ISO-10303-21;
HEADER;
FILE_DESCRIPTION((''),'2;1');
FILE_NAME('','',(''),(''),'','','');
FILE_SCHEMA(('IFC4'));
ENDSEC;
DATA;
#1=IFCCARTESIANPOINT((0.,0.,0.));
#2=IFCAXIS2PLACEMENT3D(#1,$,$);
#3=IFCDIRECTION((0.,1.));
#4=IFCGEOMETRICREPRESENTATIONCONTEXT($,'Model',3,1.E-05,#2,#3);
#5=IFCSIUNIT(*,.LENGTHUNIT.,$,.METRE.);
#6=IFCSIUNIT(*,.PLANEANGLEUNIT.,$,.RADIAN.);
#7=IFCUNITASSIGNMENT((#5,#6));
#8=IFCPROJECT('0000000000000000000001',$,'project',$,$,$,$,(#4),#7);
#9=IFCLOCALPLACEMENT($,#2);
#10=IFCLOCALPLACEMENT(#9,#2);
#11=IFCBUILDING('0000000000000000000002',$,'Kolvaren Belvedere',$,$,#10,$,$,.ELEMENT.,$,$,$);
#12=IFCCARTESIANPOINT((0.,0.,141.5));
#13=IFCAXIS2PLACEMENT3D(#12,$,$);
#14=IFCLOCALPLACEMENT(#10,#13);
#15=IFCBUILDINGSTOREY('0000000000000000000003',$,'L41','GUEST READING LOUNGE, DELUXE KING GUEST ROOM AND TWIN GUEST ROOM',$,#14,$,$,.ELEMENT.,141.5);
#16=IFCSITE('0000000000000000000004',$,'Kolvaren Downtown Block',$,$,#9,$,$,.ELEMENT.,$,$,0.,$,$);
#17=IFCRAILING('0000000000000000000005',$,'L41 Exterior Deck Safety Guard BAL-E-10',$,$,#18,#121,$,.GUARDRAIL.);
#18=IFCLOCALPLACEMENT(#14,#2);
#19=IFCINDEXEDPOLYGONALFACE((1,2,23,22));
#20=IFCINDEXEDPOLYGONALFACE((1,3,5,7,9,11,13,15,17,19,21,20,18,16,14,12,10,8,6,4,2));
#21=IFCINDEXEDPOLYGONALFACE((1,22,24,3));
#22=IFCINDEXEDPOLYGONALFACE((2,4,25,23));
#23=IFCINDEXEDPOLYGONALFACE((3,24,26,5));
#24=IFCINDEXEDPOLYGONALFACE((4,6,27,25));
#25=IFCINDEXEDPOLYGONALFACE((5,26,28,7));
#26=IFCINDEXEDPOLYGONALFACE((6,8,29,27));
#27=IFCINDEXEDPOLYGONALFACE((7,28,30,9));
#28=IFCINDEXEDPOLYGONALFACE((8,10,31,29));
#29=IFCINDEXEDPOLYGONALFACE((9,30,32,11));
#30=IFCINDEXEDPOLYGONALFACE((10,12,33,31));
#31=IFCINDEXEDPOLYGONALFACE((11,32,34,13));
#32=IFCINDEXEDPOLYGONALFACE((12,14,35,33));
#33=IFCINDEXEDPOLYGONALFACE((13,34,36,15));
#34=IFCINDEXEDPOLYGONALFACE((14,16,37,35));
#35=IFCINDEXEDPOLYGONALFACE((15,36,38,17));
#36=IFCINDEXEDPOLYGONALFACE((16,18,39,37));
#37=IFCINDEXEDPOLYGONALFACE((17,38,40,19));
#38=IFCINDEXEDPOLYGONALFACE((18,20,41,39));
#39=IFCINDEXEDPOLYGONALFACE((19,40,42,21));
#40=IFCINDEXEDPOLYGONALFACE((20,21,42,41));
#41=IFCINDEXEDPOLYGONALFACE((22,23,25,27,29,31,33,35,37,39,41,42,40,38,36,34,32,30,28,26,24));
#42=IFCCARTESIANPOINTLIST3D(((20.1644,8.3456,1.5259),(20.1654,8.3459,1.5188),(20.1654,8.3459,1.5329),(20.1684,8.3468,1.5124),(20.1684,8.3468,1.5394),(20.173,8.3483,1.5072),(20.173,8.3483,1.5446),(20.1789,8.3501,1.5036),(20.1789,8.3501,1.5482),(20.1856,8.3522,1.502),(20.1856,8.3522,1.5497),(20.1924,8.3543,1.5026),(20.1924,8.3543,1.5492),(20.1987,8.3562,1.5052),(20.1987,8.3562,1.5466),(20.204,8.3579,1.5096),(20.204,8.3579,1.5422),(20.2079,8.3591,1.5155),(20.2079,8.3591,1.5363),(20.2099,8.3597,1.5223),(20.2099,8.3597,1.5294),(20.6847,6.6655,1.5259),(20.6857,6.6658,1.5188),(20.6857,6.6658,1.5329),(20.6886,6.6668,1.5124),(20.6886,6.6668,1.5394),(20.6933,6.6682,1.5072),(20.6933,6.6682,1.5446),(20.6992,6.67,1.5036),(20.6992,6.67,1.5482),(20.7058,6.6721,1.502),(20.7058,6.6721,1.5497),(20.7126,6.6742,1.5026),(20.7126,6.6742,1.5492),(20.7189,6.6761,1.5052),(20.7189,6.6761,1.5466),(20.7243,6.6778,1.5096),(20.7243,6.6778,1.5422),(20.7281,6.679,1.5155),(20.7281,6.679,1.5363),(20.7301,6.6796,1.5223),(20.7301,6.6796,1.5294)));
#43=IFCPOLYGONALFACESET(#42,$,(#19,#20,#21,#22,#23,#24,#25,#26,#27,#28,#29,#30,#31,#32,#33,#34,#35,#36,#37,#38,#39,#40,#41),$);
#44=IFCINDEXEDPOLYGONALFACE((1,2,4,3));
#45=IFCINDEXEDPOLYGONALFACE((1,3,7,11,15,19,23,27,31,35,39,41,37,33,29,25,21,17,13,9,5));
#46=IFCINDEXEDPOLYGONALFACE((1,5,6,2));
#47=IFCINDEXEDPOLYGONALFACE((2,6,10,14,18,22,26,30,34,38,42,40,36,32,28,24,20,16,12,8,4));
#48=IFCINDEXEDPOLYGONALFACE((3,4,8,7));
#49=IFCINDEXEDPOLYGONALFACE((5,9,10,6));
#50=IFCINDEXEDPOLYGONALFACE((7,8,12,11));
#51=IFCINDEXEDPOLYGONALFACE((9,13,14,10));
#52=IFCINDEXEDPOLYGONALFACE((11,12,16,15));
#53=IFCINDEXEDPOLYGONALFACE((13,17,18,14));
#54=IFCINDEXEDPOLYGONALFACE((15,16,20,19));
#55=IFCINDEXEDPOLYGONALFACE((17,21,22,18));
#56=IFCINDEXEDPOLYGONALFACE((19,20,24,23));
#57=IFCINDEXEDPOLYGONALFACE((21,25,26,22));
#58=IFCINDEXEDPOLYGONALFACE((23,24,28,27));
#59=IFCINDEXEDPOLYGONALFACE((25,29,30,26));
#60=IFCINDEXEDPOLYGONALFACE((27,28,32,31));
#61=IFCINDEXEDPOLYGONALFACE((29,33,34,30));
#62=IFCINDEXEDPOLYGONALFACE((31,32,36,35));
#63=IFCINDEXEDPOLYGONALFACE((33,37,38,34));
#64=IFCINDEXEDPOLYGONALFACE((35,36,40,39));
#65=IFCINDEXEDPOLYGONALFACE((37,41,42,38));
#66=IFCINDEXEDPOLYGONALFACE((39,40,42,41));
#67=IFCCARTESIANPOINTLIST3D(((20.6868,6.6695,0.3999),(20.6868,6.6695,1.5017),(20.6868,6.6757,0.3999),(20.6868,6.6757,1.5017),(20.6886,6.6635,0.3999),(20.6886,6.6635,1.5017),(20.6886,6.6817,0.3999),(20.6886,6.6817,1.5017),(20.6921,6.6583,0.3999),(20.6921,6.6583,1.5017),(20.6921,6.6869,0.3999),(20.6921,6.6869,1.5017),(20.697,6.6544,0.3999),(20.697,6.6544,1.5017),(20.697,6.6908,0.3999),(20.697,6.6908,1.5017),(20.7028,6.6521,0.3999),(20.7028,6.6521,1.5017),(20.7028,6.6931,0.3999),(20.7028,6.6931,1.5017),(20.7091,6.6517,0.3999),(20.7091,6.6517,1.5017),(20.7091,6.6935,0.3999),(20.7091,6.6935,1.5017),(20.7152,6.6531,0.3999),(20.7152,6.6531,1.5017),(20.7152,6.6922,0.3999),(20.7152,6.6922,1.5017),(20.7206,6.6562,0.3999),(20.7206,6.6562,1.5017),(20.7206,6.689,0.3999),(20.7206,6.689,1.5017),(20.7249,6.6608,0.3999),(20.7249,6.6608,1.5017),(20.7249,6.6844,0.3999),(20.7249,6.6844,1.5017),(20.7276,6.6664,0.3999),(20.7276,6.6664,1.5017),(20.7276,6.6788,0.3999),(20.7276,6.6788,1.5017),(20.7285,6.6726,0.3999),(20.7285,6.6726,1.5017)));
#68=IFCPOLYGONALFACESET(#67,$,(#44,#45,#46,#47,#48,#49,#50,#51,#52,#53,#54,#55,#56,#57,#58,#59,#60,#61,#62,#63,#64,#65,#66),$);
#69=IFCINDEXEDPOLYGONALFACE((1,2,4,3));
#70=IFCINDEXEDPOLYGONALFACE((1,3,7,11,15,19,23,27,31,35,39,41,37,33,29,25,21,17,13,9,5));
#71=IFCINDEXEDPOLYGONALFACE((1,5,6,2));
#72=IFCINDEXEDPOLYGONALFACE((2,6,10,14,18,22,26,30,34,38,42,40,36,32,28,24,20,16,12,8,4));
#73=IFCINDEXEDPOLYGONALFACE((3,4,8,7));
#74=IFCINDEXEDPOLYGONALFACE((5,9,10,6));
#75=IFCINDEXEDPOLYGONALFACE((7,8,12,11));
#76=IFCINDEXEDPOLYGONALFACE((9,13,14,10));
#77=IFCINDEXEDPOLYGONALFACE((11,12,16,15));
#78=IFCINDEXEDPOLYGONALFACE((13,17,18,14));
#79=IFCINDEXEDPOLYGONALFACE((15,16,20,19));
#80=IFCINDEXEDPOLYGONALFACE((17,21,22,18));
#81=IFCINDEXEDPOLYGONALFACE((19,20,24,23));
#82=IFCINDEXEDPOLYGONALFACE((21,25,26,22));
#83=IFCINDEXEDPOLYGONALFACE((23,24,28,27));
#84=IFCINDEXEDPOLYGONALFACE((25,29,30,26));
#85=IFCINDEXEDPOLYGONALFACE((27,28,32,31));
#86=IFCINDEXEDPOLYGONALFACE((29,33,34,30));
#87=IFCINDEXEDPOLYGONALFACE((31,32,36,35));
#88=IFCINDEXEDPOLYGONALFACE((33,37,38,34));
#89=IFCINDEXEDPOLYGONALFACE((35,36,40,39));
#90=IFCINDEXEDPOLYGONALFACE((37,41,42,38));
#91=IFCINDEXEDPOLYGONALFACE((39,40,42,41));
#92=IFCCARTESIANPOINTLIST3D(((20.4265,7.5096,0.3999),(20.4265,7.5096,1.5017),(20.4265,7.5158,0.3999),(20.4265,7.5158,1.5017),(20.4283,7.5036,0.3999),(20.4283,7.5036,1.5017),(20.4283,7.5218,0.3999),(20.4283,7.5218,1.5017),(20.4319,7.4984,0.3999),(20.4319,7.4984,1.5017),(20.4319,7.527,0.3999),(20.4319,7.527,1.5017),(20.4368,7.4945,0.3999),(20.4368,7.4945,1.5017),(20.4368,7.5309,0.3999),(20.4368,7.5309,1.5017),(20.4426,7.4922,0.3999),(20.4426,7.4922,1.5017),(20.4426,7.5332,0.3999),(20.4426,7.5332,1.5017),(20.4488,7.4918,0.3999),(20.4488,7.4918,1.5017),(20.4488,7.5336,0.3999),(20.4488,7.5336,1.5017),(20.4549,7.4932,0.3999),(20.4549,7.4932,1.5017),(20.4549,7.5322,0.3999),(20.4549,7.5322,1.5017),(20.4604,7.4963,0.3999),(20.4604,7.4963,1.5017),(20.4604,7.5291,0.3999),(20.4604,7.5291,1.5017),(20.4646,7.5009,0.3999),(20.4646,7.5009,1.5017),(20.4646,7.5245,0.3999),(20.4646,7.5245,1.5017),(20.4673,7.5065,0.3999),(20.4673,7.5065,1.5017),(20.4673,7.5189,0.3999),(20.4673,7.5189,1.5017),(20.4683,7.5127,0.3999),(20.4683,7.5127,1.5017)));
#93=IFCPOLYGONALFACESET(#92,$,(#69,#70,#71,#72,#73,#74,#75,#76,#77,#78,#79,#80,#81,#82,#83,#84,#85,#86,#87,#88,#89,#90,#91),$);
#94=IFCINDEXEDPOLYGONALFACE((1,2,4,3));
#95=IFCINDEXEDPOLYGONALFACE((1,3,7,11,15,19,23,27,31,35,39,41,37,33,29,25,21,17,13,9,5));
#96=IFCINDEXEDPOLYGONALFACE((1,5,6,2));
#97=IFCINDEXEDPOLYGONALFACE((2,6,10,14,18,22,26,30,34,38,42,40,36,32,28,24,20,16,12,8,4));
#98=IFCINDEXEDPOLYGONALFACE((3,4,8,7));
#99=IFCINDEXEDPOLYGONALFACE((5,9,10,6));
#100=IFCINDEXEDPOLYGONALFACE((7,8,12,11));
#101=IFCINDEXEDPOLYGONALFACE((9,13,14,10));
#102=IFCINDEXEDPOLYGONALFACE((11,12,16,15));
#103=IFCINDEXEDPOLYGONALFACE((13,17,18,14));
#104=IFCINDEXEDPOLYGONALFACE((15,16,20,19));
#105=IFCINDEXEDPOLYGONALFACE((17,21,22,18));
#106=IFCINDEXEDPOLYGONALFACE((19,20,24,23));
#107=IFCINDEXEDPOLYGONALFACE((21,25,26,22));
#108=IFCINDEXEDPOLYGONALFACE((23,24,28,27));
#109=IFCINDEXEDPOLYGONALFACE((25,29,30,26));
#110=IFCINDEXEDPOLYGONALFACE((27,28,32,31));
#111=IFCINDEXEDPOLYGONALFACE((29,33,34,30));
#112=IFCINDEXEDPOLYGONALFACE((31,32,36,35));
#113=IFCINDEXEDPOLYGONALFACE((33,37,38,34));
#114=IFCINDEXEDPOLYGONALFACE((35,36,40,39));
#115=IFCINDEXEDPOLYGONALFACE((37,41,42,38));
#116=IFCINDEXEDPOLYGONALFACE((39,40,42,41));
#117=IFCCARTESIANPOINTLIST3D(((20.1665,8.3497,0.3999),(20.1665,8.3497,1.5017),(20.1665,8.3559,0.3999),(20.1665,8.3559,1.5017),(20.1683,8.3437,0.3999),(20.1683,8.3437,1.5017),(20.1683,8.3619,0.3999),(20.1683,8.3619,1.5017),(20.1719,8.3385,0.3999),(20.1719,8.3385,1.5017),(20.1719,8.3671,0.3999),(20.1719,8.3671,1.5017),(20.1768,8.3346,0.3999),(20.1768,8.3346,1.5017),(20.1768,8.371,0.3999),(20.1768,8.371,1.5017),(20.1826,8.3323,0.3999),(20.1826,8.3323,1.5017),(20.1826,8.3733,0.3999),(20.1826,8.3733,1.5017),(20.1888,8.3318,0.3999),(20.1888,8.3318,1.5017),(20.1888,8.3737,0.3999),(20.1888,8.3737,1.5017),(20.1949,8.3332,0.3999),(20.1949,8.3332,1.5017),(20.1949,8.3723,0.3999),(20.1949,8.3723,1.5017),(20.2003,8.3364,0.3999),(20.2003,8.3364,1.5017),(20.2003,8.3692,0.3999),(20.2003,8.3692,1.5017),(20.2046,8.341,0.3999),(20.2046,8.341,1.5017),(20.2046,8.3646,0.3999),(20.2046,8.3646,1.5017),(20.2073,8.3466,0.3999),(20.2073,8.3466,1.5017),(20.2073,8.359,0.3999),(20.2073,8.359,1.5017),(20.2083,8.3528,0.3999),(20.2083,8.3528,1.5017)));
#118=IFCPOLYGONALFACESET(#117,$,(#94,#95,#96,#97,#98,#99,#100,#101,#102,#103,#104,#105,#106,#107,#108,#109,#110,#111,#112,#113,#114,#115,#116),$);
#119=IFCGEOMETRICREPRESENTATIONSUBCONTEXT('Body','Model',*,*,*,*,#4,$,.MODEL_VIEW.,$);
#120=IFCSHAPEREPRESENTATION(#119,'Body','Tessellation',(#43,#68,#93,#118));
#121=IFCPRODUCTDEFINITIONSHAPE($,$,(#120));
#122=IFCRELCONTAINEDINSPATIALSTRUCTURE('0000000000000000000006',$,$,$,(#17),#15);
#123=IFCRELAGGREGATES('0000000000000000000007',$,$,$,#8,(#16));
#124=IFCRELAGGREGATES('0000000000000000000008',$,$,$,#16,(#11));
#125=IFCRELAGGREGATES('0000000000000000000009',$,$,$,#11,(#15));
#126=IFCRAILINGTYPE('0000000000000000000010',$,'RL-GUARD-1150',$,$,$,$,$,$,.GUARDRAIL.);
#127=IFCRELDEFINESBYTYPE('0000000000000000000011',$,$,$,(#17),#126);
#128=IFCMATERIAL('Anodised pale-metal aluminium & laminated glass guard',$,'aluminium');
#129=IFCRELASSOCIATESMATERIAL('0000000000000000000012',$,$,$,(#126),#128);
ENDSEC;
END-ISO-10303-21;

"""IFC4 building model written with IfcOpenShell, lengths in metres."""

from ifc_helpers import new_model, si_unit, direction, frame, origin, origin_2d, place, context, subcontext, project, spatial, circle, extrude, material, type_object, element, save


model = new_model("IFC4")

# Units and contexts
model_context = context("Model", 3, precision=1e-05, world=origin(), true_north=direction((0.0, 1.0)))
body_context = subcontext(model_context, "Body", "Model", "MODEL_VIEW")
ifc_project = project(units=[si_unit("LENGTHUNIT", "METRE"), si_unit("PLANEANGLEUNIT", "RADIAN")], contexts=[model_context])

# Site, building, storey
site_placement = place(None, origin())
site = spatial("IfcSite", under=ifc_project, at=site_placement, Name="Kolvaren Downtown Block", CompositionType="ELEMENT", RefElevation=0.0)
building_placement = place(site_placement, origin())
building = spatial("IfcBuilding", under=site, at=building_placement, Name="Kolvaren Belvedere", CompositionType="ELEMENT")
storey_placement = place(building_placement, frame((0.0, 0.0, 141.5)))
storey = spatial("IfcBuildingStorey", under=building, at=storey_placement, Name="L41", Description="GUEST READING LOUNGE, DELUXE KING GUEST ROOM AND TWIN GUEST ROOM", CompositionType="ELEMENT", Elevation=141.5)

# Railing
ifc_material_1 = material(Name="Anodised pale-metal aluminium & laminated glass guard", Category="aluminium")
railing_type = type_object("IfcRailingType", Name="RL-GUARD-1150", PredefinedType="GUARDRAIL", material=ifc_material_1)
railing_1_placement = place(storey_placement, frame((20.7075, 6.6726, 0.3999)))
element("IfcRailing", 1, at=railing_1_placement, inside=storey, type_object=railing_type, Name="L41 Exterior Deck Safety Guard BAL-E-10", PredefinedType="GUARDRAIL", context=body_context, shape_type="SweptSolid", body=[
    extrude(circle(Radius=0.0239, at=origin_2d()), frame((0.0, 0.0, 1.126), z_axis=(-0.295792, 0.955252, 0.0), x_axis=(-0.955252, -0.295792, 0.0)), (0.0, 0.0, 1.0), 1.7588),
    extrude(circle(Radius=0.021, at=origin_2d()), origin(), (0.0, 0.0, 1.0), 1.1018),
    extrude(circle(Radius=0.021, at=origin_2d()), frame((-0.2603, 0.8401, 0.0)), (0.0, 0.0, 1.0), 1.1018),
    extrude(circle(Radius=0.021, at=origin_2d()), frame((-0.5203, 1.6802, 0.0)), (0.0, 0.0, 1.0), 1.1018),
])

save(model, "model.ifc")
